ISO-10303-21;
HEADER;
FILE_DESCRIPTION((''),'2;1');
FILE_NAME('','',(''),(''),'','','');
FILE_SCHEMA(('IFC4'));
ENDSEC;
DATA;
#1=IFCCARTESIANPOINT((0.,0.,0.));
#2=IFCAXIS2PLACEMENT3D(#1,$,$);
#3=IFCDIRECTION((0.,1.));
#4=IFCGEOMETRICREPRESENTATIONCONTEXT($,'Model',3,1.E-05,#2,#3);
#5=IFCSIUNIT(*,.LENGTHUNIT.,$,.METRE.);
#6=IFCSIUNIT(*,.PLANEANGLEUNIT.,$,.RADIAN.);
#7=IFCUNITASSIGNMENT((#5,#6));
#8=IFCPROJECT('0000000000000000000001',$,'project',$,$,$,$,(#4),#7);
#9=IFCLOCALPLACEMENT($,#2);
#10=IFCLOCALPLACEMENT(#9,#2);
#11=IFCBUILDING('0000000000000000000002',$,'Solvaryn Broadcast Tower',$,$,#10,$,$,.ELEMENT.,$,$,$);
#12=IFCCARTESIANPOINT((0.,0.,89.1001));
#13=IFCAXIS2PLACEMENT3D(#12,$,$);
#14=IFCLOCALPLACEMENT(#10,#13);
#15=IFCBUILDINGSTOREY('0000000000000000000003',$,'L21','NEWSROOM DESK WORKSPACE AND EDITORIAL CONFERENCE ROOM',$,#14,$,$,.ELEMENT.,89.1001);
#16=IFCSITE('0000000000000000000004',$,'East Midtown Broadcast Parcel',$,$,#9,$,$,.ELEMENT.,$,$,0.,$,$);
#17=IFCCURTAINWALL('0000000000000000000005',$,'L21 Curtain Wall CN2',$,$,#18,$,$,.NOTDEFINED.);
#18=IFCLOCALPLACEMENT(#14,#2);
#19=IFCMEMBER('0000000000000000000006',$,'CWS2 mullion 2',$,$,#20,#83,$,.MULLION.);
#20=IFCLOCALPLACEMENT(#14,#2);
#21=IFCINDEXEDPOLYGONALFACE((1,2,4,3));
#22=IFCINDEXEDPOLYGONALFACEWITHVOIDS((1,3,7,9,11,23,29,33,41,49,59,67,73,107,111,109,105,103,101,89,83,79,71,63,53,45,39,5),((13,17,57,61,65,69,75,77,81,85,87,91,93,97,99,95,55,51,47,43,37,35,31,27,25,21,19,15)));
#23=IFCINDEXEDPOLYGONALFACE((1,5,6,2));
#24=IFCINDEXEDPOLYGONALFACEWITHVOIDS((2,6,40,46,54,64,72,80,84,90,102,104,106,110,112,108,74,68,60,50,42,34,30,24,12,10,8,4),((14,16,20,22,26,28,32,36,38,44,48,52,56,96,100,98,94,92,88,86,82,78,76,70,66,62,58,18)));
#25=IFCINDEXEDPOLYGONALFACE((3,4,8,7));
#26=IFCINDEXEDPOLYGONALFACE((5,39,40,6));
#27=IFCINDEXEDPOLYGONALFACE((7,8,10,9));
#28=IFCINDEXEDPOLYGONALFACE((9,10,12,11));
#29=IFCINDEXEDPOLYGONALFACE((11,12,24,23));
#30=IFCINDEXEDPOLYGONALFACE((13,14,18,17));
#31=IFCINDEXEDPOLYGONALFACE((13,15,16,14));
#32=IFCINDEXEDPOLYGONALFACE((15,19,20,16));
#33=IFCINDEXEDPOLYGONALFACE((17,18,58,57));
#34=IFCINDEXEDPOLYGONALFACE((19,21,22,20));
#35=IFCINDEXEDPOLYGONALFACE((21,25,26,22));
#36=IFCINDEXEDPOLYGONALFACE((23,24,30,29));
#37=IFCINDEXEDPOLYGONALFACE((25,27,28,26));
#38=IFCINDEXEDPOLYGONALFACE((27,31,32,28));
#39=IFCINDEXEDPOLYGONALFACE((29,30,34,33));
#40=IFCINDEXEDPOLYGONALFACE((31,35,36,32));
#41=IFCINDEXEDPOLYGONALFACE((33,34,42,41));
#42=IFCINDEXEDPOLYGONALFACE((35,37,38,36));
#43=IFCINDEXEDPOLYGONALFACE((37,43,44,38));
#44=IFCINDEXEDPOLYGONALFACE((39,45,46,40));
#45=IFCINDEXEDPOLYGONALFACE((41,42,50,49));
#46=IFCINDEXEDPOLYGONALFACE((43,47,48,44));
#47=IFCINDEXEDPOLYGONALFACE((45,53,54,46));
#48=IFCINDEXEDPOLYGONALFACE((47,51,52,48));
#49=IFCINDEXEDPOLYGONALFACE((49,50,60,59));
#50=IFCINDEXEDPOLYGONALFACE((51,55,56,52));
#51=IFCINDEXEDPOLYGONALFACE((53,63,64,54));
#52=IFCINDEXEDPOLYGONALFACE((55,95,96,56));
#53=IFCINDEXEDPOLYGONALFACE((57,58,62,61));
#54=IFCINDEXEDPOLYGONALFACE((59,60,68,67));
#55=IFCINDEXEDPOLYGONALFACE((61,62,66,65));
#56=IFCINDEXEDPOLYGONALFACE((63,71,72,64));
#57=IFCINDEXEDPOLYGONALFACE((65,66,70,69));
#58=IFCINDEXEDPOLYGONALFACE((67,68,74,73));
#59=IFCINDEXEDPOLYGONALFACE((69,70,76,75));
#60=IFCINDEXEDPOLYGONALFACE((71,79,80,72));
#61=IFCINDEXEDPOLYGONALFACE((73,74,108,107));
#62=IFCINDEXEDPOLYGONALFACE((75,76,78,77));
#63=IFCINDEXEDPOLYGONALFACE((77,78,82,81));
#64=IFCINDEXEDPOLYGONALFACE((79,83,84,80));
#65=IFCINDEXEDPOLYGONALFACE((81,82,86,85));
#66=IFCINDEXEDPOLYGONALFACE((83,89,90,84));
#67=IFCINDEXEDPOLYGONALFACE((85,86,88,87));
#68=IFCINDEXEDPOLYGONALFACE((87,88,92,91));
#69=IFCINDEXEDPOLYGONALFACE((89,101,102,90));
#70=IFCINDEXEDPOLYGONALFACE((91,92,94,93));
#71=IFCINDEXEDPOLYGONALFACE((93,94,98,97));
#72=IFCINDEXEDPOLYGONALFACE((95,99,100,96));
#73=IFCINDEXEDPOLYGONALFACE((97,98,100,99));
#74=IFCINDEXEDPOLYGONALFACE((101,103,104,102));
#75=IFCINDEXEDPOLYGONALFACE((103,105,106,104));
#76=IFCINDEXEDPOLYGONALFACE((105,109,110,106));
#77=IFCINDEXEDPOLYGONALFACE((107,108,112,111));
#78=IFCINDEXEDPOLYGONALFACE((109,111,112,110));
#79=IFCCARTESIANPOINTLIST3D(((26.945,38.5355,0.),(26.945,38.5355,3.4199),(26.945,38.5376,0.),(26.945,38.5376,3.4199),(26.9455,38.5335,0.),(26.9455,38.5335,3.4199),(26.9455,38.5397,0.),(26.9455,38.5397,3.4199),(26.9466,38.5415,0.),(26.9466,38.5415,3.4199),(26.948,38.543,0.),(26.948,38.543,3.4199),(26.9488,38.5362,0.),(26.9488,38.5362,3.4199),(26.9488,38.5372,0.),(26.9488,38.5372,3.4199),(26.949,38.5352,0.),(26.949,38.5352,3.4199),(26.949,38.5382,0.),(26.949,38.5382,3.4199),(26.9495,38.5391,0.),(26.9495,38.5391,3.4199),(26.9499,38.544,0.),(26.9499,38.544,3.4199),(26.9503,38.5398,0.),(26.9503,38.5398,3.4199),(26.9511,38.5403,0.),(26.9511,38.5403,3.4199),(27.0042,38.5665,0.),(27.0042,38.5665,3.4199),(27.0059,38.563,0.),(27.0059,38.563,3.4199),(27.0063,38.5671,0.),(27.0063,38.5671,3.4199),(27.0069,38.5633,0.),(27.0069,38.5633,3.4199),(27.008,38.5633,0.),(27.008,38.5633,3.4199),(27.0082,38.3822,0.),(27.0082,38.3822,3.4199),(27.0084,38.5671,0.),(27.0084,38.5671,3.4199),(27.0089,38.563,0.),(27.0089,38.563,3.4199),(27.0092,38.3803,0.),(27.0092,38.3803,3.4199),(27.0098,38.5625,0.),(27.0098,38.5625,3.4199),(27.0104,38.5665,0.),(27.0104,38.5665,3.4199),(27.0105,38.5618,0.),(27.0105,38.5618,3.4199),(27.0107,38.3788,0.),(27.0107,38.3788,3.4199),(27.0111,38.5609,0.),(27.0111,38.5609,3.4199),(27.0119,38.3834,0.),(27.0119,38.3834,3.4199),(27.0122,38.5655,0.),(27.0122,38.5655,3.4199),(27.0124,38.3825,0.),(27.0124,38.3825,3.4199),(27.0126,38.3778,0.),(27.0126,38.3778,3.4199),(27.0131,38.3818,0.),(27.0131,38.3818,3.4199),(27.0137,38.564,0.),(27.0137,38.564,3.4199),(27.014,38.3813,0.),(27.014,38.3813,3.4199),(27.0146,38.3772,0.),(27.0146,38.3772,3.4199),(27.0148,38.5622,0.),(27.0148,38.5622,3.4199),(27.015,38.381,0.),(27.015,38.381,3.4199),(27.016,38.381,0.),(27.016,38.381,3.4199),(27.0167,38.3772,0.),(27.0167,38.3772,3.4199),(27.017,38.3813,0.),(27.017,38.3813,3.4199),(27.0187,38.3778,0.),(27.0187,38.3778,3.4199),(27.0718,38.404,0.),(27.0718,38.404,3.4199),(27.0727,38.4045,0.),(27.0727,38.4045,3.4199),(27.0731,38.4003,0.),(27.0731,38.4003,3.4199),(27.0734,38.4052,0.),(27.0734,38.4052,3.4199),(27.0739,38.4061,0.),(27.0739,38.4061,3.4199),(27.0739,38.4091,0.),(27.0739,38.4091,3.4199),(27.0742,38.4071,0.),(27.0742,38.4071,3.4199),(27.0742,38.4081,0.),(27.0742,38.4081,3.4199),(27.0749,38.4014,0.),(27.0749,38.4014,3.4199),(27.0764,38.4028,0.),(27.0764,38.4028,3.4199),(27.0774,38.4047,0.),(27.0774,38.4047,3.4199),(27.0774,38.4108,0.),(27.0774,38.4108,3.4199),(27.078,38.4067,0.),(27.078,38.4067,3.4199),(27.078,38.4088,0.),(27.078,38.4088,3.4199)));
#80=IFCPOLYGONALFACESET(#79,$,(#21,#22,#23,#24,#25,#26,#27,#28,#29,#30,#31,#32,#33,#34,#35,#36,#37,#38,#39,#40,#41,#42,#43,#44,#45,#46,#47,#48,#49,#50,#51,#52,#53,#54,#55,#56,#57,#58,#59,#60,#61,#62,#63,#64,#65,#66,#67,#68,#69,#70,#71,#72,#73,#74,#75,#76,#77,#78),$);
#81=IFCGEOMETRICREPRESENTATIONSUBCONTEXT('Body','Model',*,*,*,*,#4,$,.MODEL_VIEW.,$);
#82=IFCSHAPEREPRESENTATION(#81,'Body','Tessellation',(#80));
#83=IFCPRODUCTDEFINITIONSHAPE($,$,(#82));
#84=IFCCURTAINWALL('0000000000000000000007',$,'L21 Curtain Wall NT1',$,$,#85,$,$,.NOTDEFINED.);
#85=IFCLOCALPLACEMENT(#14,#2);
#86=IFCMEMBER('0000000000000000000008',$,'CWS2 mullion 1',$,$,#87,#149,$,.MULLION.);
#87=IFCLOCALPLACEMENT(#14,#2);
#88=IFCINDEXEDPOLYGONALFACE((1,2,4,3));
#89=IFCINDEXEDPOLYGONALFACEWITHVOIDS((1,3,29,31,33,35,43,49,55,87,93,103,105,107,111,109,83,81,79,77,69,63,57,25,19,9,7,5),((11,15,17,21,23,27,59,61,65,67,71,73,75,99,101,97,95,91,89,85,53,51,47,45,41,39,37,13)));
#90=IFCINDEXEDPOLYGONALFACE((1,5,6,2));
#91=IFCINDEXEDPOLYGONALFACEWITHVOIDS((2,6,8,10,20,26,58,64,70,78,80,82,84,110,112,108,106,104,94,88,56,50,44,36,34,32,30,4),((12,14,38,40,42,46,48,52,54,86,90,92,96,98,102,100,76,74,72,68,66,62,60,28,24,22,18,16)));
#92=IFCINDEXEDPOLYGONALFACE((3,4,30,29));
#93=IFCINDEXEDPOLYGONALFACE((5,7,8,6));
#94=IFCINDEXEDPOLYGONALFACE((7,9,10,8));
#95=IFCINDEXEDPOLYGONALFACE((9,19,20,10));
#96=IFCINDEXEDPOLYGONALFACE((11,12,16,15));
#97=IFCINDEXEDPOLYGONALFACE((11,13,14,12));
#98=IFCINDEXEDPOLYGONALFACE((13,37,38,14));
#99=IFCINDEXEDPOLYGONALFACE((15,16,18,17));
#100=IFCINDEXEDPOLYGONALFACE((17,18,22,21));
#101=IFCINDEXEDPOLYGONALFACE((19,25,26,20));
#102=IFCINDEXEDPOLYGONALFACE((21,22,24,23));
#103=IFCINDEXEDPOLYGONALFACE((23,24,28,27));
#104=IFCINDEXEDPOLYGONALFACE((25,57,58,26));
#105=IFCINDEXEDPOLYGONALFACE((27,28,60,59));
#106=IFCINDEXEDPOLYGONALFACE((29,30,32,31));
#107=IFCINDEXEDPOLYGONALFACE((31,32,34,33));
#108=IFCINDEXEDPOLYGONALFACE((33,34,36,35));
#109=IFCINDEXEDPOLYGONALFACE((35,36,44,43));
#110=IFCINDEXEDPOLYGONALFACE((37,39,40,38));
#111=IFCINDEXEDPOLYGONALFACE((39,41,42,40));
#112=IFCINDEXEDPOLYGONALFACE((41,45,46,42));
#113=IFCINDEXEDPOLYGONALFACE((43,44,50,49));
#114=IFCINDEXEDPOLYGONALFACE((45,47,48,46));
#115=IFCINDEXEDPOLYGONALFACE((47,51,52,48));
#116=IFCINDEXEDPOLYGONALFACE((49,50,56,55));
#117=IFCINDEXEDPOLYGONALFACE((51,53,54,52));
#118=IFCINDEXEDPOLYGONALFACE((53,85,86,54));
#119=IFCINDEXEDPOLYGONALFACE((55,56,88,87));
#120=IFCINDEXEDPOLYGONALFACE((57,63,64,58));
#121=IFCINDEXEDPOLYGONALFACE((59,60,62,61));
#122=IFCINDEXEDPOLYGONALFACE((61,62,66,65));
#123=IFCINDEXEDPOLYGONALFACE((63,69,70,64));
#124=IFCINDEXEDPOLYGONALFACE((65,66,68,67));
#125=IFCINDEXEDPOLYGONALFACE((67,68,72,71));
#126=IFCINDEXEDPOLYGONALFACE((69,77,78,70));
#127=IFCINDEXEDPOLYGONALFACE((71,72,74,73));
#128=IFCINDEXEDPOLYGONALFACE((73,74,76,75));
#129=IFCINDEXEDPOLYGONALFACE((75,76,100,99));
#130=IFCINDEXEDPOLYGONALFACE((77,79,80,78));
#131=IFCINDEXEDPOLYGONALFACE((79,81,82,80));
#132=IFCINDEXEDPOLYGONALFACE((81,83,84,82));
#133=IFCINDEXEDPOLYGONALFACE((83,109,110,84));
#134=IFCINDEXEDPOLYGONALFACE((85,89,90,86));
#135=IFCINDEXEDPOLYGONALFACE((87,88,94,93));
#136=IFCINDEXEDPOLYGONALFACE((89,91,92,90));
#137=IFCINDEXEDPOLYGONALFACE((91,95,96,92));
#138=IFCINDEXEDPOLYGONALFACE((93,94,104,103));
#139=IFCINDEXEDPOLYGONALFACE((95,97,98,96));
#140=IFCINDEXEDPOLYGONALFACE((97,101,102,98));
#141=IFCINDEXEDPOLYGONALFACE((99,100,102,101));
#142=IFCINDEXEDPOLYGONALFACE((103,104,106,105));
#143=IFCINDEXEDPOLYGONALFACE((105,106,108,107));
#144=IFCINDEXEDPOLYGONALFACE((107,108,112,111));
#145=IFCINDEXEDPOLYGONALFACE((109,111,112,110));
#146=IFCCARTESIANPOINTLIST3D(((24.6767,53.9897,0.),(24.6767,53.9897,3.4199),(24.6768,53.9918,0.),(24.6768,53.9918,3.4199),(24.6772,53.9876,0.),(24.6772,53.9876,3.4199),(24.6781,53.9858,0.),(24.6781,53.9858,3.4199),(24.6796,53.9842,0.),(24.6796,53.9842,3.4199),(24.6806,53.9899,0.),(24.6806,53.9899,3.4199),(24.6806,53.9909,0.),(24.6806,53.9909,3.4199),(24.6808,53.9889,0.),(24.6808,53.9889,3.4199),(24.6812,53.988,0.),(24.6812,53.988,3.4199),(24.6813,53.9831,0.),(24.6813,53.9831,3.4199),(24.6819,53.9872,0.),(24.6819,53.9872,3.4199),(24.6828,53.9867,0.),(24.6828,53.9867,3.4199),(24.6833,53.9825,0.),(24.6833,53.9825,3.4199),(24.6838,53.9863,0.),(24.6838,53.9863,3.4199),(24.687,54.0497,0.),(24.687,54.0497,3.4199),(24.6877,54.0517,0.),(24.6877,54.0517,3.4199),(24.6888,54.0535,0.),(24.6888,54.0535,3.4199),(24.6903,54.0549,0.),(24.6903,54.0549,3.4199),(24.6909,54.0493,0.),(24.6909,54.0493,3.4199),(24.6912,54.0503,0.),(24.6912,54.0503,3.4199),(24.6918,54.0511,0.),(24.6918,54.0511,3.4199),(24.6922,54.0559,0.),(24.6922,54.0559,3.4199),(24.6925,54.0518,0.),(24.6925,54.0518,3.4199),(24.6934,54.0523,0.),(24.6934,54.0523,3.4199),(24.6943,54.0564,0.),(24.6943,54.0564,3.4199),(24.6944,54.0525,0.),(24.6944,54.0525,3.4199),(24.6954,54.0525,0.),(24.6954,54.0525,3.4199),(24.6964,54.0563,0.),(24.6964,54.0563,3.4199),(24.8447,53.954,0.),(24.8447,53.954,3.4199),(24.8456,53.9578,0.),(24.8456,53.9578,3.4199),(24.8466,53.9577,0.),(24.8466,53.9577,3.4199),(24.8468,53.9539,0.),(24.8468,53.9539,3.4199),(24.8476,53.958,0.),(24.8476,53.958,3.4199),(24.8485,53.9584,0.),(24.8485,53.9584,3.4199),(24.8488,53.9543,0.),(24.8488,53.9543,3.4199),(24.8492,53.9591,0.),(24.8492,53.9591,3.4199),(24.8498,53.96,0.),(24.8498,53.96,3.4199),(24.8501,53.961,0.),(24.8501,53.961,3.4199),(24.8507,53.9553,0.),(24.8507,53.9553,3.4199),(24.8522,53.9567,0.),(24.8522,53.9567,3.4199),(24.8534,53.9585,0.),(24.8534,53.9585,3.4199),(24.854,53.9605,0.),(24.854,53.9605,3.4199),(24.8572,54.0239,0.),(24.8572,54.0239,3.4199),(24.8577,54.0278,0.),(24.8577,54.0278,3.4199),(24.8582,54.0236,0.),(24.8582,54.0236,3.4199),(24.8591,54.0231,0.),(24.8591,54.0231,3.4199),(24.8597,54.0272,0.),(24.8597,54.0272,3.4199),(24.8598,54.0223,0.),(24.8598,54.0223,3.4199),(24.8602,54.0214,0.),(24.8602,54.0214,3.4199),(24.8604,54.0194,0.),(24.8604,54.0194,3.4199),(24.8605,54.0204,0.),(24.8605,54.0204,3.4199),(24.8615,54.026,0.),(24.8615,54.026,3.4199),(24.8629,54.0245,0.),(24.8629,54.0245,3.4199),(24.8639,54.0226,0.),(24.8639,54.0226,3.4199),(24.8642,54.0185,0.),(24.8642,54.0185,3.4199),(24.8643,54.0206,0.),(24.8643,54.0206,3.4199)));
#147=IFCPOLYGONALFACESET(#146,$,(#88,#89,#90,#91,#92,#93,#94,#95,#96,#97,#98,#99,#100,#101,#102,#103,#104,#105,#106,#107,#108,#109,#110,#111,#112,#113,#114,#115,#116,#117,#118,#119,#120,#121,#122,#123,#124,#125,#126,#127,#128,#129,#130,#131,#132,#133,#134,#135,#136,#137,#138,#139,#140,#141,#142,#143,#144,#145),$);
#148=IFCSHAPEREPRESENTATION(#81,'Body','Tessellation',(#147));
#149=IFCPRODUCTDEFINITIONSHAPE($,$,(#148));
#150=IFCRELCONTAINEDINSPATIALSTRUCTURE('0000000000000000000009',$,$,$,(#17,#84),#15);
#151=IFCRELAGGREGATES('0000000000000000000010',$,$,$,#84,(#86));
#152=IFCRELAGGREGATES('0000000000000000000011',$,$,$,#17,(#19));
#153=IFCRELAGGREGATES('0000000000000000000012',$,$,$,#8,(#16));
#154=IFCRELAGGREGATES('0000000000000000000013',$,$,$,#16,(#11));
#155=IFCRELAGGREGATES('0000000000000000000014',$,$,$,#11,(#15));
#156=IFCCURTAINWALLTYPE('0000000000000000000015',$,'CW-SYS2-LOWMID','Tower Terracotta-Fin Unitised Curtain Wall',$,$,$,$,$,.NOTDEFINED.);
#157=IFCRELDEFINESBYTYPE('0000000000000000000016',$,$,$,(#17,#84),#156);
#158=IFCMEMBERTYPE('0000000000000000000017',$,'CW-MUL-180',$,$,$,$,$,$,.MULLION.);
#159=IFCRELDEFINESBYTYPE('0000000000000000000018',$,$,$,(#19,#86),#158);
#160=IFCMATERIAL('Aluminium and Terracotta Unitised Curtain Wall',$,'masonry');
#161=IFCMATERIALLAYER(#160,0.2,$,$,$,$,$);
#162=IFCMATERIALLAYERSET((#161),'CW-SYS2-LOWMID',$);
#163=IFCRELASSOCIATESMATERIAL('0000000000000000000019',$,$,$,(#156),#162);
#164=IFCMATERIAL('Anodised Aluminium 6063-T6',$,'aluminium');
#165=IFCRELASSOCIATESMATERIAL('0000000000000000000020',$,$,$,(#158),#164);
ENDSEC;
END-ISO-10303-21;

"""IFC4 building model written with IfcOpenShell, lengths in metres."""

from ifc_helpers import new_model, si_unit, direction, frame, origin, origin_2d, place, context, subcontext, project, spatial, hollow_rectangle, extrude, material, layer, layer_set, material_profile, profile_set, type_object, element, aggregate, save


model = new_model("IFC4")

# Units and contexts
model_context = context("Model", 3, precision=1e-05, world=origin(), true_north=direction((0.0, 1.0)))
body_context = subcontext(model_context, "Body", "Model", "MODEL_VIEW")
ifc_project = project(units=[si_unit("LENGTHUNIT", "METRE"), si_unit("PLANEANGLEUNIT", "RADIAN")], contexts=[model_context])

# Site, building, storey
site_placement = place(None, origin())
site = spatial("IfcSite", under=ifc_project, at=site_placement, Name="East Midtown Broadcast Parcel", CompositionType="ELEMENT", RefElevation=0.0)
building_placement = place(site_placement, origin())
building = spatial("IfcBuilding", under=site, at=building_placement, Name="Solvaryn Broadcast Tower", CompositionType="ELEMENT")
storey_placement = place(building_placement, frame((0.0, 0.0, 89.1001)))
storey = spatial("IfcBuildingStorey", under=building, at=storey_placement, Name="L21", Description="NEWSROOM DESK WORKSPACE AND EDITORIAL CONFERENCE ROOM", CompositionType="ELEMENT", Elevation=89.1001)

# Shared definitions
ifc_material_1 = material(Name="Aluminium and Terracotta Unitised Curtain Wall", Category="masonry")
ifc_layer_1 = layer(ifc_material_1, 0.2)
ifc_layer_set_1 = layer_set([ifc_layer_1], Name="CW-SYS2-LOWMID")
curtain_wall_type = type_object("IfcCurtainWallType", Name="CW-SYS2-LOWMID", Description="Tower Terracotta-Fin Unitised Curtain Wall", PredefinedType="NOTDEFINED", material=ifc_layer_set_1)
ifc_material_2 = material(Name="Anodised Aluminium 6063-T6", Category="aluminium")
ifc_material_profile_1 = material_profile(ifc_material_2, hollow_rectangle(XDim=0.075, YDim=0.1799, WallThickness=0.0039, InnerFilletRadius=0.0039, OuterFilletRadius=0.0081, at=origin_2d()))
ifc_profile_set_1 = profile_set([ifc_material_profile_1], Name="Anodised Aluminium 6063-T6")
member_type_1 = type_object("IfcMemberType", Name="CW-MUL-180", PredefinedType="MULLION", material=ifc_profile_set_1)

# Curtain walls, members
curtain_wall_1_placement = place(storey_placement, origin())
curtain_wall_1 = element("IfcCurtainWall", 1, at=curtain_wall_1_placement, inside=storey, type_object=curtain_wall_type, Name="L21 Curtain Wall CN2", PredefinedType="NOTDEFINED")
member_1_placement = place(storey_placement, frame((27.0115, 38.4722, 0.0), z_axis=(0.0, 0.0, 1.0), x_axis=(-0.923895, -0.382646, 0.0)))
member_1 = element("IfcMember", 2, at=member_1_placement, type_object=member_type_1, Name="CWS2 mullion 2", PredefinedType="MULLION", context=body_context, shape_type="SweptSolid", body=[
    extrude(hollow_rectangle(XDim=0.075, YDim=0.1799, WallThickness=0.0039, InnerFilletRadius=0.0039, OuterFilletRadius=0.0081, at=origin_2d()), origin(), (0.0, 0.0, 1.0), 3.4199),
])
curtain_wall_2_placement = place(storey_placement, origin())
curtain_wall_2 = element("IfcCurtainWall", 3, at=curtain_wall_2_placement, inside=storey, type_object=curtain_wall_type, Name="L21 Curtain Wall NT1", PredefinedType="NOTDEFINED")
member_2_placement = place(storey_placement, frame((24.7705, 54.0051, 0.0), z_axis=(0.0, 0.0, 1.0), x_axis=(-0.173785, -0.984784, 0.0)))
member_2 = element("IfcMember", 4, at=member_2_placement, type_object=member_type_1, Name="CWS2 mullion 1", PredefinedType="MULLION", context=body_context, shape_type="SweptSolid", body=[
    extrude(hollow_rectangle(XDim=0.075, YDim=0.1799, WallThickness=0.0039, InnerFilletRadius=0.0039, OuterFilletRadius=0.0081, at=origin_2d()), origin(), (0.0, 0.0, 1.0), 3.4199),
])

aggregate(curtain_wall_2, [member_2])

aggregate(curtain_wall_1, [member_1])

save(model, "model.ifc")
